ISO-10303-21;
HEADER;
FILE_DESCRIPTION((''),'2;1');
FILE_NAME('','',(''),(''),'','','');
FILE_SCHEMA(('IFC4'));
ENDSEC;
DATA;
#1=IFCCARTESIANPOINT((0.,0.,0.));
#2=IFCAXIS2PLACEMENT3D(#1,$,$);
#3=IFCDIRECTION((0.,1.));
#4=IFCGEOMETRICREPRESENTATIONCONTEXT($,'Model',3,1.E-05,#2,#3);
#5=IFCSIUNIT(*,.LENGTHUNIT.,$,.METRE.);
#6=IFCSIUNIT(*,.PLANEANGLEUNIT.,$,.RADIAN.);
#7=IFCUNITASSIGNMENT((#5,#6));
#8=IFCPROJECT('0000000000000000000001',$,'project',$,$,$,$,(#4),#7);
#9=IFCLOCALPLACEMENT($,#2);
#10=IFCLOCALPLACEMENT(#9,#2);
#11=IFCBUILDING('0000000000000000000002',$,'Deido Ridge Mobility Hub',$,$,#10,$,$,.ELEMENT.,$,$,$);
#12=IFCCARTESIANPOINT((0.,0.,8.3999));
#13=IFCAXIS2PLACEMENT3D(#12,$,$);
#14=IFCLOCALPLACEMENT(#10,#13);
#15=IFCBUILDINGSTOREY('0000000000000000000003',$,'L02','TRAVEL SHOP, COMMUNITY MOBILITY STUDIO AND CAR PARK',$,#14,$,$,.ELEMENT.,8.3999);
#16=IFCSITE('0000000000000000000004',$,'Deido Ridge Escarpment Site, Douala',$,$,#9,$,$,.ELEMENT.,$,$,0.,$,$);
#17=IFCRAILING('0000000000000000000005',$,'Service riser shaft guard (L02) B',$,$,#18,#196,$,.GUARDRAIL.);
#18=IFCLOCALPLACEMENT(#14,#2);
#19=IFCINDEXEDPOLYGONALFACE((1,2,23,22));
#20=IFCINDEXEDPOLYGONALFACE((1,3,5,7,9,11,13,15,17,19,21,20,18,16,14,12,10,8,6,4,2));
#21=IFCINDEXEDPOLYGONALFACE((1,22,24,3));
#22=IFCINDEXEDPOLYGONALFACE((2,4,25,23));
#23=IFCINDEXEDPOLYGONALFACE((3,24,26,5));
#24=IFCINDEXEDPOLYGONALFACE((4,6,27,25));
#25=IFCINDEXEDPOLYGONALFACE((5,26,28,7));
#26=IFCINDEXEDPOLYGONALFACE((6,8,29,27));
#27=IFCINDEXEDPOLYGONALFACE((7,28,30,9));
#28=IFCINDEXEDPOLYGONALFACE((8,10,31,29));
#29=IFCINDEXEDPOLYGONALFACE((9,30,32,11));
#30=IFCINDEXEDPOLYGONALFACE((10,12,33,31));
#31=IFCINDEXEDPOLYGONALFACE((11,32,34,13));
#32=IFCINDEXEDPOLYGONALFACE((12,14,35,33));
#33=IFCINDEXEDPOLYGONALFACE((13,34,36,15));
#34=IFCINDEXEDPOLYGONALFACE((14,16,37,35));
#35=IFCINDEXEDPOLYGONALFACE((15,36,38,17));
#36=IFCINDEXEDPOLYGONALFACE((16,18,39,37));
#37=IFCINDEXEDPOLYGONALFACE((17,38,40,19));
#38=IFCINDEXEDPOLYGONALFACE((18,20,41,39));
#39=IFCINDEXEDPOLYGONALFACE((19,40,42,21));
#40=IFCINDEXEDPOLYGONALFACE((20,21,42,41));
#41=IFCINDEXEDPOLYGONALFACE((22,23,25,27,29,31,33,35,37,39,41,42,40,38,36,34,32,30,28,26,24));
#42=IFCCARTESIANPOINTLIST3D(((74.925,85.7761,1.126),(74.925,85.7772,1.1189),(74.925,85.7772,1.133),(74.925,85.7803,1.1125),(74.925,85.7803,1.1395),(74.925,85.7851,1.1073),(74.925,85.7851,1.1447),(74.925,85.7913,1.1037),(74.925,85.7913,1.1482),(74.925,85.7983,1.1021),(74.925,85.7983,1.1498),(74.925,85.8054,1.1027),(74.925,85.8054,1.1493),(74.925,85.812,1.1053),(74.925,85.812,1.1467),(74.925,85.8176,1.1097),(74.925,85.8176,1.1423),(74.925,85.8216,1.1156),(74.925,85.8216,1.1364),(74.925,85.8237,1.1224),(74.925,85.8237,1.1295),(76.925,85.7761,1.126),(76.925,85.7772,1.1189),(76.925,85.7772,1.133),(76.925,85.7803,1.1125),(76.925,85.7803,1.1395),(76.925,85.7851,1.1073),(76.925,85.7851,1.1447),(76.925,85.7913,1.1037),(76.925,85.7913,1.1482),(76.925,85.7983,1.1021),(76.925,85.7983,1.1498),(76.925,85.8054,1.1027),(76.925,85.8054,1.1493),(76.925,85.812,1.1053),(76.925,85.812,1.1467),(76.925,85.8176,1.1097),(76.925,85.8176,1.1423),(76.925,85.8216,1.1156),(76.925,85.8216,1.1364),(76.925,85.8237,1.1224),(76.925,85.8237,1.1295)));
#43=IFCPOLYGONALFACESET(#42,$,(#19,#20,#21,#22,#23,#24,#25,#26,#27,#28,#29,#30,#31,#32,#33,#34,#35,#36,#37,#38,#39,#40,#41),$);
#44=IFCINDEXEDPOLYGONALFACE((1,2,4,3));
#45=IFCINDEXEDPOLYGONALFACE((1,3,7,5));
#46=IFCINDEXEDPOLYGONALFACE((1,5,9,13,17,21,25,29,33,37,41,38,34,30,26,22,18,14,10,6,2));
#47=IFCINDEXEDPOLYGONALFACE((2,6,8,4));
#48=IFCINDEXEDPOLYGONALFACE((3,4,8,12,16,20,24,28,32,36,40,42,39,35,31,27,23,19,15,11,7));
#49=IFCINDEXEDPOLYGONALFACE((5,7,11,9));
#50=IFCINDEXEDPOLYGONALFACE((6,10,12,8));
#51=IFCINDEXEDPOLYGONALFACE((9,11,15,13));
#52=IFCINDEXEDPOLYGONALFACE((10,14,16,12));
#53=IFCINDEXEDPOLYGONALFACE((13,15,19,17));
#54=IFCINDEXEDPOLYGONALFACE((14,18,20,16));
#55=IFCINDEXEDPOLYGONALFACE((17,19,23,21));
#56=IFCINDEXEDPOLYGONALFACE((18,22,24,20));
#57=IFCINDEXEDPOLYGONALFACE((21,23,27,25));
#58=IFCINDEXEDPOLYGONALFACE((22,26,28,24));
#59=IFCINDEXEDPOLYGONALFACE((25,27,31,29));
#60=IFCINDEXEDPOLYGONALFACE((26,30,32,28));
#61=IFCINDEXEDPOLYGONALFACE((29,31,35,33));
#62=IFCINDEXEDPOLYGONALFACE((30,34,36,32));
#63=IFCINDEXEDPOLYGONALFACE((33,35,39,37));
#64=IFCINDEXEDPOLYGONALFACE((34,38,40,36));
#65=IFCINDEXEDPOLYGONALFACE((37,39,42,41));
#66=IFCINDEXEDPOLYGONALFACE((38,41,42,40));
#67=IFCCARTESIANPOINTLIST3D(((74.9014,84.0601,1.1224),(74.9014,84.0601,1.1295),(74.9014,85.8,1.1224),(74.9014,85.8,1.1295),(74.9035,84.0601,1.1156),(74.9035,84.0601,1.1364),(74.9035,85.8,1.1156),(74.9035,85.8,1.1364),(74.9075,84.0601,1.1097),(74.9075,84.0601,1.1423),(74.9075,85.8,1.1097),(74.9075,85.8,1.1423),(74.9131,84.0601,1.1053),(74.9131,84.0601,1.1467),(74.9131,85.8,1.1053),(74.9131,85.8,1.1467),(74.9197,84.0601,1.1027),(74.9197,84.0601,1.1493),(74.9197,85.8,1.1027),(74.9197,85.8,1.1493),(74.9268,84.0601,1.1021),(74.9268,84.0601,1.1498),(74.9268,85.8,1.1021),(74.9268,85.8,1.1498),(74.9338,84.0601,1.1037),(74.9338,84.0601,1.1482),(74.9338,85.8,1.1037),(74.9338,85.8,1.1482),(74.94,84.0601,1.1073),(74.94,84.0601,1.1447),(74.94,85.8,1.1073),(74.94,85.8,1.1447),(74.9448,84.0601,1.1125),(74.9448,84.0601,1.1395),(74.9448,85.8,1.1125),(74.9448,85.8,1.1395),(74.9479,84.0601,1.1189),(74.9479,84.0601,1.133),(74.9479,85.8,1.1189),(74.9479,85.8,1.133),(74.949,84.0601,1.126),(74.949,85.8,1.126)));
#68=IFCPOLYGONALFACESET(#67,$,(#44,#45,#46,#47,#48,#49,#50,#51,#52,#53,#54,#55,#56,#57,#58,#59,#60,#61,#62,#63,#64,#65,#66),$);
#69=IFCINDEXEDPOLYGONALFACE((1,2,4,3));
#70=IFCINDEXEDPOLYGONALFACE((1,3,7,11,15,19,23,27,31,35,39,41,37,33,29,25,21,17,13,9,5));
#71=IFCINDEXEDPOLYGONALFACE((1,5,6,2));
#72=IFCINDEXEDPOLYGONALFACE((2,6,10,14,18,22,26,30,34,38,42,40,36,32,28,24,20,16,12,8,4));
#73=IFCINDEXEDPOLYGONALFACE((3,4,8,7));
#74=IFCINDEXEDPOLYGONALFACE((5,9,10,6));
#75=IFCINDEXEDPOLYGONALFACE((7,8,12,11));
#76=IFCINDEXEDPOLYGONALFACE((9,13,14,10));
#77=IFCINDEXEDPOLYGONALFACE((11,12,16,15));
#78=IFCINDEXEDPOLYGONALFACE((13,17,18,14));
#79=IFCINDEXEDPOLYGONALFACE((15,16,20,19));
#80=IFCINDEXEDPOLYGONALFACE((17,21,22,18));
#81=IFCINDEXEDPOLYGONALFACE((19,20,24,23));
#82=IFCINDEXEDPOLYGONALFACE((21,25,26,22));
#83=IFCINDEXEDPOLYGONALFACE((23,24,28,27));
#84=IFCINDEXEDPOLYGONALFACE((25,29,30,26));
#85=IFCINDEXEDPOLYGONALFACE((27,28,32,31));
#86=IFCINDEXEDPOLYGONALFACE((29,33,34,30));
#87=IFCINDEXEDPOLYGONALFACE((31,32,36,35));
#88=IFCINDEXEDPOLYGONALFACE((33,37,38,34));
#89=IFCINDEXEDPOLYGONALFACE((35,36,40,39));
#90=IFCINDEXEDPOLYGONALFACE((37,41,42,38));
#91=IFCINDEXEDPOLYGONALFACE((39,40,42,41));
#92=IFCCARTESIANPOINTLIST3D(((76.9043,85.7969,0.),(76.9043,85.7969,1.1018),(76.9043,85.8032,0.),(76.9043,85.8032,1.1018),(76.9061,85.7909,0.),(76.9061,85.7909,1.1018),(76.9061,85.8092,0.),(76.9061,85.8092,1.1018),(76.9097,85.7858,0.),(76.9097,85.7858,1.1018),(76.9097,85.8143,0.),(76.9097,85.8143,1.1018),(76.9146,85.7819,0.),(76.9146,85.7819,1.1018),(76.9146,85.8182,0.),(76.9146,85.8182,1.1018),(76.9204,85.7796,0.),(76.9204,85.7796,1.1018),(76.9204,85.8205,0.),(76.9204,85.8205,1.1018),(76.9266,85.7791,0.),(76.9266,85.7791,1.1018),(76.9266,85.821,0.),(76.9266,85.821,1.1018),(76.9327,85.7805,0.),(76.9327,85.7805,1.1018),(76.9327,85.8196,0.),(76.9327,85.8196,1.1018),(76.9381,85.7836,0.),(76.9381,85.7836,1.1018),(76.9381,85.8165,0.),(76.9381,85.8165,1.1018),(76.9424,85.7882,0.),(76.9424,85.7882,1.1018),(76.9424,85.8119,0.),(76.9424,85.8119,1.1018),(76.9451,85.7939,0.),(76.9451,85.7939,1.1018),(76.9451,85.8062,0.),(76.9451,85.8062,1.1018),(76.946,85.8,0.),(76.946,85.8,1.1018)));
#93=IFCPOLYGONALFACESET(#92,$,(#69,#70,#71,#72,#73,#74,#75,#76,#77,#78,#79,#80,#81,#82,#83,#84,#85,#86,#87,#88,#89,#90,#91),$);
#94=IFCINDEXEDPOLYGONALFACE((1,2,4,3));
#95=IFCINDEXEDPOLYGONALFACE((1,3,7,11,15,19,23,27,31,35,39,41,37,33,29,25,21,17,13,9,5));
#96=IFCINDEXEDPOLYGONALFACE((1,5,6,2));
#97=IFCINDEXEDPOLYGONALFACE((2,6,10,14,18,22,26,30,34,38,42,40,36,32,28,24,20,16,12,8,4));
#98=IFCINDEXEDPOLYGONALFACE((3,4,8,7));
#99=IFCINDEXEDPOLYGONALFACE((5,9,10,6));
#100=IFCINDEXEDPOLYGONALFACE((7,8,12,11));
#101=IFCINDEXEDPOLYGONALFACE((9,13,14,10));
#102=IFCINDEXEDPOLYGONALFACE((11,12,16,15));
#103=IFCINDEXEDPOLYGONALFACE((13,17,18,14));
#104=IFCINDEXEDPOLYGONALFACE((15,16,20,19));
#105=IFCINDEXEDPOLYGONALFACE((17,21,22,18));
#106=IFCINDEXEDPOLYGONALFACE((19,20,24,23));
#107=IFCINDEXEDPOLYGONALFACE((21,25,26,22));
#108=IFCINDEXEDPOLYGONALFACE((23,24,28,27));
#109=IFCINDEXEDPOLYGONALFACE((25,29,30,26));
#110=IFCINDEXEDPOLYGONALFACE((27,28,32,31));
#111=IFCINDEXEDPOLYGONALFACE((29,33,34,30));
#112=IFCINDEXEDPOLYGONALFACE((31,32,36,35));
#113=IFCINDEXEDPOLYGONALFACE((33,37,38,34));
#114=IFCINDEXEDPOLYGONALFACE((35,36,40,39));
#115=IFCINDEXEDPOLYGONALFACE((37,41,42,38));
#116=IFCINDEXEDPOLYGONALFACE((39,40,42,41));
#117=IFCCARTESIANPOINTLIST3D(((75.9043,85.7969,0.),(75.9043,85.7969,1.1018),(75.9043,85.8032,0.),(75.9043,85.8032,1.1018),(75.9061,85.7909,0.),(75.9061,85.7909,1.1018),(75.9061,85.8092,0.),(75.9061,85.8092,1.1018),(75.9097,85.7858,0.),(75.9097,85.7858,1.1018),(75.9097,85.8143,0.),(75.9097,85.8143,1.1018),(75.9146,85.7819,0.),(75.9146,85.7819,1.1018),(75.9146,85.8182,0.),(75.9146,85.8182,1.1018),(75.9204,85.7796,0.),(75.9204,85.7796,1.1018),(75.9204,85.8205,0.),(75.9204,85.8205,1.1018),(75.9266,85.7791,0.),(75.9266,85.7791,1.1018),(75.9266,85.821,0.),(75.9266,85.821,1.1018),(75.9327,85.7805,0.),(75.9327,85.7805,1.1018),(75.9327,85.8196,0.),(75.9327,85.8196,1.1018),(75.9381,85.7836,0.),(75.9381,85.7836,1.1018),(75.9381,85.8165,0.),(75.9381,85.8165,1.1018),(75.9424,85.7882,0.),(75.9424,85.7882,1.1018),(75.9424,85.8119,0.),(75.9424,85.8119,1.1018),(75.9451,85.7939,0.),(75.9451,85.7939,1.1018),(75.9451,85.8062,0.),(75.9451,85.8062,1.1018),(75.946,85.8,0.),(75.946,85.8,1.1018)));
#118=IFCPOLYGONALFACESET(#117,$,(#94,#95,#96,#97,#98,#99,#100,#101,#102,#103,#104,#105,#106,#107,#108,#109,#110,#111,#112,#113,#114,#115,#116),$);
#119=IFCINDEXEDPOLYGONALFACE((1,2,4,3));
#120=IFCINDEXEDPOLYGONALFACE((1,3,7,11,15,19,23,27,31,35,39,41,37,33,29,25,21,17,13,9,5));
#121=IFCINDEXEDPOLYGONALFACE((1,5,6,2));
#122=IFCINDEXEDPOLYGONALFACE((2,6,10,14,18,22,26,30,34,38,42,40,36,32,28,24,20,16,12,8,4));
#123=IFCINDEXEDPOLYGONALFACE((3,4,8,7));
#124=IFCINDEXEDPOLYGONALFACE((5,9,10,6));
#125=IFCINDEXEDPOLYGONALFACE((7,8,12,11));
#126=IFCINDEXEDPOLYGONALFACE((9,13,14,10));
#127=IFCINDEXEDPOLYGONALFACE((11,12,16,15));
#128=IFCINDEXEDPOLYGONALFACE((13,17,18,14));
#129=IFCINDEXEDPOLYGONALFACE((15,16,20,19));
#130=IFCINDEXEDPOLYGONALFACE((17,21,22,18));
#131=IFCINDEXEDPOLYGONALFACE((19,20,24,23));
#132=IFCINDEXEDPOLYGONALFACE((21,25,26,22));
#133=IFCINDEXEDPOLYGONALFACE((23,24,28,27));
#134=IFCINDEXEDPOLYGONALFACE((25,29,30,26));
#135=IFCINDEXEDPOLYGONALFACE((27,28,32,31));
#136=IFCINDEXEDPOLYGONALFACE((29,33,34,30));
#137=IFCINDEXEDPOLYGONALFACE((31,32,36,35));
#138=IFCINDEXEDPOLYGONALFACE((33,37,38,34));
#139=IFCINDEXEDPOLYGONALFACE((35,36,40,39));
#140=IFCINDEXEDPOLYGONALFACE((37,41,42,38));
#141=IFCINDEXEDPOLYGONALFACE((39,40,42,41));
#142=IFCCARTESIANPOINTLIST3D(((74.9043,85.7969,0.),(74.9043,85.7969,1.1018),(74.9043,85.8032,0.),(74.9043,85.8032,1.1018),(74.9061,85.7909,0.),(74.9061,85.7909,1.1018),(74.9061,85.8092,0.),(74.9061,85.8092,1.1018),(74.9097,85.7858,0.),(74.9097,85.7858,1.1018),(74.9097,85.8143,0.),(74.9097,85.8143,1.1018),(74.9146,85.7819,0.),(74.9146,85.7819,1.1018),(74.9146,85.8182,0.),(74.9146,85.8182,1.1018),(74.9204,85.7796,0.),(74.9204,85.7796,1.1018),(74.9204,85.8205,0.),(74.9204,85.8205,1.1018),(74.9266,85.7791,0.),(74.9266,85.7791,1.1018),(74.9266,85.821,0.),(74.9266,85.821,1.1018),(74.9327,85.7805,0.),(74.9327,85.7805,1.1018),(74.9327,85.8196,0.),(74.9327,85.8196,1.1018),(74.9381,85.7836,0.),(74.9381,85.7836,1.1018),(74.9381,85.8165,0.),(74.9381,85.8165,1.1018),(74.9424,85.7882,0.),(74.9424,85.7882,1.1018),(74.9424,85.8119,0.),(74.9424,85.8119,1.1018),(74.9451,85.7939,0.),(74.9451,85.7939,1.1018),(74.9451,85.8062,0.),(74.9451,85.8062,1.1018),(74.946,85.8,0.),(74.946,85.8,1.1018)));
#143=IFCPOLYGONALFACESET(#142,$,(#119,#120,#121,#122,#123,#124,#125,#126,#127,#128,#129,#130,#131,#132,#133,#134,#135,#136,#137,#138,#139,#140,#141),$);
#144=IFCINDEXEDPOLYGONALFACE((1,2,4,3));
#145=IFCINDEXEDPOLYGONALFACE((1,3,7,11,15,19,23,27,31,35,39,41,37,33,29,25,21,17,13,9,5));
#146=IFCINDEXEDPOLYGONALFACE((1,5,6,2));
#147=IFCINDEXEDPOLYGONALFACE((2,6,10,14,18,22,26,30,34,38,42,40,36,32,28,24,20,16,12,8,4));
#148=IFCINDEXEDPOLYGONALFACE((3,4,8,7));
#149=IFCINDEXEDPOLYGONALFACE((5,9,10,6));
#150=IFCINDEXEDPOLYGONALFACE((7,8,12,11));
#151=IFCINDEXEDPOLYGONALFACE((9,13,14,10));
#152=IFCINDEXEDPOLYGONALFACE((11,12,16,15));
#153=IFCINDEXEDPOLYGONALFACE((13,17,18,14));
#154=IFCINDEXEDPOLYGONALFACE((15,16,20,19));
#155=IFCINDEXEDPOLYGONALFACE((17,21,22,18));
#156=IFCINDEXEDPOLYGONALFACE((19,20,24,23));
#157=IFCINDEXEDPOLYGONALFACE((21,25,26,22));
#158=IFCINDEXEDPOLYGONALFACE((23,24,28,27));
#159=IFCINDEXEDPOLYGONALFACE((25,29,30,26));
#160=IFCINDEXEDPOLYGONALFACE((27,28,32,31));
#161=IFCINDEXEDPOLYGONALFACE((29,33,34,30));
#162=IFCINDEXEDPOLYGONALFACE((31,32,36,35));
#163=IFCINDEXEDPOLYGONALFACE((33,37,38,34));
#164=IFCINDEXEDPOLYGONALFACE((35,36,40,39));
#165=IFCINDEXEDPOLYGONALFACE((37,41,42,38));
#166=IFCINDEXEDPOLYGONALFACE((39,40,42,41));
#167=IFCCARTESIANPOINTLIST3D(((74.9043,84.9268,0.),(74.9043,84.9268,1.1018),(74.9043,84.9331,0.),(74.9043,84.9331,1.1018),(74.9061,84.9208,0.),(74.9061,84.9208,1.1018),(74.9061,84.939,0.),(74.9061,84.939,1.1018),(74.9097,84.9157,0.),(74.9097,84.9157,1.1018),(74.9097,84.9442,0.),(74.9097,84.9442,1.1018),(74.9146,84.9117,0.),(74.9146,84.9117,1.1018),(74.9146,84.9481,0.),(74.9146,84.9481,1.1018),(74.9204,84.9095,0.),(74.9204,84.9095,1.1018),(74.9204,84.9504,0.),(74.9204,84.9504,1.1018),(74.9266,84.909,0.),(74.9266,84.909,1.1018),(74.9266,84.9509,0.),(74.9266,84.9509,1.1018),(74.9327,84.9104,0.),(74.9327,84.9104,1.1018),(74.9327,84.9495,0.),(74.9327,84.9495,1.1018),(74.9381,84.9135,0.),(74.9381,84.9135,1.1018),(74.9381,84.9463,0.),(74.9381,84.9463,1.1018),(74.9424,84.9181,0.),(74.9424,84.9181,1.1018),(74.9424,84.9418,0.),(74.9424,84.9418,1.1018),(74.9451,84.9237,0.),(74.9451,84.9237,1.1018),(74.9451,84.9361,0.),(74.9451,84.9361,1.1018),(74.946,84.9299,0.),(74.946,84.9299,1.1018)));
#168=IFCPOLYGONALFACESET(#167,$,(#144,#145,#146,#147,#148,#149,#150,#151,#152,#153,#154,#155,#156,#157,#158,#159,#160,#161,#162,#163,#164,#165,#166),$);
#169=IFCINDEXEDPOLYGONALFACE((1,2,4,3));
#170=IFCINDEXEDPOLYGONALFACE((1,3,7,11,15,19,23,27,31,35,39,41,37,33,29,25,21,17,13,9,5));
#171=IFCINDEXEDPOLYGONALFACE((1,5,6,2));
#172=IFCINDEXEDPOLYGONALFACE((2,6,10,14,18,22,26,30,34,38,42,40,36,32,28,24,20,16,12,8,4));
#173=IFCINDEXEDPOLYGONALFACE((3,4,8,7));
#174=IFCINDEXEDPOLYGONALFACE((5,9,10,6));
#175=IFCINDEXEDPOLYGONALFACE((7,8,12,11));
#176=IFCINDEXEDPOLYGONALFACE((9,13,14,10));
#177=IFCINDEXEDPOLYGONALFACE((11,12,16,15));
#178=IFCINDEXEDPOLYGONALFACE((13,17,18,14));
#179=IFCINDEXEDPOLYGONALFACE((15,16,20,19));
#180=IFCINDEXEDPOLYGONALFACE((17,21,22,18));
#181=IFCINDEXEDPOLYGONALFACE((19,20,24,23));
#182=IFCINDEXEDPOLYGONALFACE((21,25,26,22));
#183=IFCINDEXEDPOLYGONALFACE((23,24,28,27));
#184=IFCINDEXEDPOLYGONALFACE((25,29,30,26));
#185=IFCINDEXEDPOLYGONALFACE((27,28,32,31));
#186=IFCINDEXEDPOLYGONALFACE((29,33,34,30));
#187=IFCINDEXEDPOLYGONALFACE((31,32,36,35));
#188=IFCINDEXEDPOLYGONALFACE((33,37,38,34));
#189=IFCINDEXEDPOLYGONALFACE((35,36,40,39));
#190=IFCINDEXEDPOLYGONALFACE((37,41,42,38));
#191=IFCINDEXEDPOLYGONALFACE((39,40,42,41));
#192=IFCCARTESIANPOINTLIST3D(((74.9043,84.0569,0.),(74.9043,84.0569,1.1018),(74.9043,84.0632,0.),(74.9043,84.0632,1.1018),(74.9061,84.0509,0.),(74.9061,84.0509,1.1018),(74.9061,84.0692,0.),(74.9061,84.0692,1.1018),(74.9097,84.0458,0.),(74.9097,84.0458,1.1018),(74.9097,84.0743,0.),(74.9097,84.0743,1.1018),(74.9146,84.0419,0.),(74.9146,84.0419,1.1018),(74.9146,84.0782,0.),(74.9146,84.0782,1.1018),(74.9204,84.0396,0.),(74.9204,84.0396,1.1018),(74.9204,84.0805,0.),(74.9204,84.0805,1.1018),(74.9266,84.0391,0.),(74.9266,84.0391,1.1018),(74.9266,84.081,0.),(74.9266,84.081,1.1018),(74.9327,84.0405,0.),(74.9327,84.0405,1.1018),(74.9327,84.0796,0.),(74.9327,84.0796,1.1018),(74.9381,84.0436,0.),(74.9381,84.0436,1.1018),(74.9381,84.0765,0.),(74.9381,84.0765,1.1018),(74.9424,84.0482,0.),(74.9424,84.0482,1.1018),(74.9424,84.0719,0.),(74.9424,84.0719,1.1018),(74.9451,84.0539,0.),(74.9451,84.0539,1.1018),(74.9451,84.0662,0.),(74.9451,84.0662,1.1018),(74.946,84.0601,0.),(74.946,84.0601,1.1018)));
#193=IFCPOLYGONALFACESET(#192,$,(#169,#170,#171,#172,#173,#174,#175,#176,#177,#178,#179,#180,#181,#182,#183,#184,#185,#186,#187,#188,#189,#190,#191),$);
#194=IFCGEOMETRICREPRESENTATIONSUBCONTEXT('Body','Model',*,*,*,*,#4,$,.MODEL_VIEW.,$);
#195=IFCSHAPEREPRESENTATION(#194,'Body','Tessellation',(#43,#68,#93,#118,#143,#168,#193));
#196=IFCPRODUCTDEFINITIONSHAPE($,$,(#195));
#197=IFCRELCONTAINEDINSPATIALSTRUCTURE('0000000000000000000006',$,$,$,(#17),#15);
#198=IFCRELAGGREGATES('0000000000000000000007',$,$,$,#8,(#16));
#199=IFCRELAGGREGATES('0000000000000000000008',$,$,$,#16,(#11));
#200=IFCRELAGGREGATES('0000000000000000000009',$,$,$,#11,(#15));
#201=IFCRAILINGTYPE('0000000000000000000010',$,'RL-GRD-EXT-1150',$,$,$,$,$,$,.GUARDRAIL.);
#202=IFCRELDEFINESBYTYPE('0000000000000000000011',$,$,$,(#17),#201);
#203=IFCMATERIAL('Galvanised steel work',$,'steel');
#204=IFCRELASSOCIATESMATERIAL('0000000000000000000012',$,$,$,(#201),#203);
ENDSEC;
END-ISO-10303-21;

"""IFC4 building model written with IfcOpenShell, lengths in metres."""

from ifc_helpers import new_model, si_unit, direction, frame, origin, origin_2d, place, context, subcontext, project, spatial, circle, extrude, material, type_object, element, save


model = new_model("IFC4")

# Units and contexts
model_context = context("Model", 3, precision=1e-05, world=origin(), true_north=direction((0.0, 1.0)))
body_context = subcontext(model_context, "Body", "Model", "MODEL_VIEW")
ifc_project = project(units=[si_unit("LENGTHUNIT", "METRE"), si_unit("PLANEANGLEUNIT", "RADIAN")], contexts=[model_context])

# Site, building, storey
site_placement = place(None, origin())
site = spatial("IfcSite", under=ifc_project, at=site_placement, Name="Deido Ridge Escarpment Site, Douala", CompositionType="ELEMENT", RefElevation=0.0)
building_placement = place(site_placement, origin())
building = spatial("IfcBuilding", under=site, at=building_placement, Name="Deido Ridge Mobility Hub", CompositionType="ELEMENT")
storey_placement = place(building_placement, frame((0.0, 0.0, 8.3999)))
storey = spatial("IfcBuildingStorey", under=building, at=storey_placement, Name="L02", Description="TRAVEL SHOP, COMMUNITY MOBILITY STUDIO AND CAR PARK", CompositionType="ELEMENT", Elevation=8.3999)

# Shared definitions
ifc_material_1 = material(Name="Galvanised steel work", Category="steel")

# Railing
railing_type = type_object("IfcRailingType", Name="RL-GRD-EXT-1150", PredefinedType="GUARDRAIL", material=ifc_material_1)
railing_1_placement = place(storey_placement, frame((76.925, 85.8, 0.0)))
element("IfcRailing", 1, at=railing_1_placement, inside=storey, type_object=railing_type, Name="Service riser shaft guard (L02) B", PredefinedType="GUARDRAIL", context=body_context, shape_type="SweptSolid", body=[
    extrude(circle(Radius=0.0239, at=origin_2d()), frame((0.0, 0.0, 1.126), z_axis=(-1.0, 0.0, 0.0), x_axis=(0.0, -1.0, 0.0)), (0.0, 0.0, 1.0), 2.0),
    extrude(circle(Radius=0.0239, at=origin_2d()), frame((-2.0, 0.0, 1.126), z_axis=(0.0, -1.0, 0.0), x_axis=(1.0, 0.0, 0.0)), (0.0, 0.0, 1.0), 1.74),
    extrude(circle(Radius=0.021, at=origin_2d()), origin(), (0.0, 0.0, 1.0), 1.1018),
    extrude(circle(Radius=0.021, at=origin_2d()), frame((-1.0, 0.0, 0.0)), (0.0, 0.0, 1.0), 1.1018),
    extrude(circle(Radius=0.021, at=origin_2d()), frame((-2.0, 0.0, 0.0)), (0.0, 0.0, 1.0), 1.1018),
    extrude(circle(Radius=0.021, at=origin_2d()), frame((-2.0, -0.8701, 0.0)), (0.0, 0.0, 1.0), 1.1018),
    extrude(circle(Radius=0.021, at=origin_2d()), frame((-2.0, -1.74, 0.0)), (0.0, 0.0, 1.0), 1.1018),
])

save(model, "model.ifc")
